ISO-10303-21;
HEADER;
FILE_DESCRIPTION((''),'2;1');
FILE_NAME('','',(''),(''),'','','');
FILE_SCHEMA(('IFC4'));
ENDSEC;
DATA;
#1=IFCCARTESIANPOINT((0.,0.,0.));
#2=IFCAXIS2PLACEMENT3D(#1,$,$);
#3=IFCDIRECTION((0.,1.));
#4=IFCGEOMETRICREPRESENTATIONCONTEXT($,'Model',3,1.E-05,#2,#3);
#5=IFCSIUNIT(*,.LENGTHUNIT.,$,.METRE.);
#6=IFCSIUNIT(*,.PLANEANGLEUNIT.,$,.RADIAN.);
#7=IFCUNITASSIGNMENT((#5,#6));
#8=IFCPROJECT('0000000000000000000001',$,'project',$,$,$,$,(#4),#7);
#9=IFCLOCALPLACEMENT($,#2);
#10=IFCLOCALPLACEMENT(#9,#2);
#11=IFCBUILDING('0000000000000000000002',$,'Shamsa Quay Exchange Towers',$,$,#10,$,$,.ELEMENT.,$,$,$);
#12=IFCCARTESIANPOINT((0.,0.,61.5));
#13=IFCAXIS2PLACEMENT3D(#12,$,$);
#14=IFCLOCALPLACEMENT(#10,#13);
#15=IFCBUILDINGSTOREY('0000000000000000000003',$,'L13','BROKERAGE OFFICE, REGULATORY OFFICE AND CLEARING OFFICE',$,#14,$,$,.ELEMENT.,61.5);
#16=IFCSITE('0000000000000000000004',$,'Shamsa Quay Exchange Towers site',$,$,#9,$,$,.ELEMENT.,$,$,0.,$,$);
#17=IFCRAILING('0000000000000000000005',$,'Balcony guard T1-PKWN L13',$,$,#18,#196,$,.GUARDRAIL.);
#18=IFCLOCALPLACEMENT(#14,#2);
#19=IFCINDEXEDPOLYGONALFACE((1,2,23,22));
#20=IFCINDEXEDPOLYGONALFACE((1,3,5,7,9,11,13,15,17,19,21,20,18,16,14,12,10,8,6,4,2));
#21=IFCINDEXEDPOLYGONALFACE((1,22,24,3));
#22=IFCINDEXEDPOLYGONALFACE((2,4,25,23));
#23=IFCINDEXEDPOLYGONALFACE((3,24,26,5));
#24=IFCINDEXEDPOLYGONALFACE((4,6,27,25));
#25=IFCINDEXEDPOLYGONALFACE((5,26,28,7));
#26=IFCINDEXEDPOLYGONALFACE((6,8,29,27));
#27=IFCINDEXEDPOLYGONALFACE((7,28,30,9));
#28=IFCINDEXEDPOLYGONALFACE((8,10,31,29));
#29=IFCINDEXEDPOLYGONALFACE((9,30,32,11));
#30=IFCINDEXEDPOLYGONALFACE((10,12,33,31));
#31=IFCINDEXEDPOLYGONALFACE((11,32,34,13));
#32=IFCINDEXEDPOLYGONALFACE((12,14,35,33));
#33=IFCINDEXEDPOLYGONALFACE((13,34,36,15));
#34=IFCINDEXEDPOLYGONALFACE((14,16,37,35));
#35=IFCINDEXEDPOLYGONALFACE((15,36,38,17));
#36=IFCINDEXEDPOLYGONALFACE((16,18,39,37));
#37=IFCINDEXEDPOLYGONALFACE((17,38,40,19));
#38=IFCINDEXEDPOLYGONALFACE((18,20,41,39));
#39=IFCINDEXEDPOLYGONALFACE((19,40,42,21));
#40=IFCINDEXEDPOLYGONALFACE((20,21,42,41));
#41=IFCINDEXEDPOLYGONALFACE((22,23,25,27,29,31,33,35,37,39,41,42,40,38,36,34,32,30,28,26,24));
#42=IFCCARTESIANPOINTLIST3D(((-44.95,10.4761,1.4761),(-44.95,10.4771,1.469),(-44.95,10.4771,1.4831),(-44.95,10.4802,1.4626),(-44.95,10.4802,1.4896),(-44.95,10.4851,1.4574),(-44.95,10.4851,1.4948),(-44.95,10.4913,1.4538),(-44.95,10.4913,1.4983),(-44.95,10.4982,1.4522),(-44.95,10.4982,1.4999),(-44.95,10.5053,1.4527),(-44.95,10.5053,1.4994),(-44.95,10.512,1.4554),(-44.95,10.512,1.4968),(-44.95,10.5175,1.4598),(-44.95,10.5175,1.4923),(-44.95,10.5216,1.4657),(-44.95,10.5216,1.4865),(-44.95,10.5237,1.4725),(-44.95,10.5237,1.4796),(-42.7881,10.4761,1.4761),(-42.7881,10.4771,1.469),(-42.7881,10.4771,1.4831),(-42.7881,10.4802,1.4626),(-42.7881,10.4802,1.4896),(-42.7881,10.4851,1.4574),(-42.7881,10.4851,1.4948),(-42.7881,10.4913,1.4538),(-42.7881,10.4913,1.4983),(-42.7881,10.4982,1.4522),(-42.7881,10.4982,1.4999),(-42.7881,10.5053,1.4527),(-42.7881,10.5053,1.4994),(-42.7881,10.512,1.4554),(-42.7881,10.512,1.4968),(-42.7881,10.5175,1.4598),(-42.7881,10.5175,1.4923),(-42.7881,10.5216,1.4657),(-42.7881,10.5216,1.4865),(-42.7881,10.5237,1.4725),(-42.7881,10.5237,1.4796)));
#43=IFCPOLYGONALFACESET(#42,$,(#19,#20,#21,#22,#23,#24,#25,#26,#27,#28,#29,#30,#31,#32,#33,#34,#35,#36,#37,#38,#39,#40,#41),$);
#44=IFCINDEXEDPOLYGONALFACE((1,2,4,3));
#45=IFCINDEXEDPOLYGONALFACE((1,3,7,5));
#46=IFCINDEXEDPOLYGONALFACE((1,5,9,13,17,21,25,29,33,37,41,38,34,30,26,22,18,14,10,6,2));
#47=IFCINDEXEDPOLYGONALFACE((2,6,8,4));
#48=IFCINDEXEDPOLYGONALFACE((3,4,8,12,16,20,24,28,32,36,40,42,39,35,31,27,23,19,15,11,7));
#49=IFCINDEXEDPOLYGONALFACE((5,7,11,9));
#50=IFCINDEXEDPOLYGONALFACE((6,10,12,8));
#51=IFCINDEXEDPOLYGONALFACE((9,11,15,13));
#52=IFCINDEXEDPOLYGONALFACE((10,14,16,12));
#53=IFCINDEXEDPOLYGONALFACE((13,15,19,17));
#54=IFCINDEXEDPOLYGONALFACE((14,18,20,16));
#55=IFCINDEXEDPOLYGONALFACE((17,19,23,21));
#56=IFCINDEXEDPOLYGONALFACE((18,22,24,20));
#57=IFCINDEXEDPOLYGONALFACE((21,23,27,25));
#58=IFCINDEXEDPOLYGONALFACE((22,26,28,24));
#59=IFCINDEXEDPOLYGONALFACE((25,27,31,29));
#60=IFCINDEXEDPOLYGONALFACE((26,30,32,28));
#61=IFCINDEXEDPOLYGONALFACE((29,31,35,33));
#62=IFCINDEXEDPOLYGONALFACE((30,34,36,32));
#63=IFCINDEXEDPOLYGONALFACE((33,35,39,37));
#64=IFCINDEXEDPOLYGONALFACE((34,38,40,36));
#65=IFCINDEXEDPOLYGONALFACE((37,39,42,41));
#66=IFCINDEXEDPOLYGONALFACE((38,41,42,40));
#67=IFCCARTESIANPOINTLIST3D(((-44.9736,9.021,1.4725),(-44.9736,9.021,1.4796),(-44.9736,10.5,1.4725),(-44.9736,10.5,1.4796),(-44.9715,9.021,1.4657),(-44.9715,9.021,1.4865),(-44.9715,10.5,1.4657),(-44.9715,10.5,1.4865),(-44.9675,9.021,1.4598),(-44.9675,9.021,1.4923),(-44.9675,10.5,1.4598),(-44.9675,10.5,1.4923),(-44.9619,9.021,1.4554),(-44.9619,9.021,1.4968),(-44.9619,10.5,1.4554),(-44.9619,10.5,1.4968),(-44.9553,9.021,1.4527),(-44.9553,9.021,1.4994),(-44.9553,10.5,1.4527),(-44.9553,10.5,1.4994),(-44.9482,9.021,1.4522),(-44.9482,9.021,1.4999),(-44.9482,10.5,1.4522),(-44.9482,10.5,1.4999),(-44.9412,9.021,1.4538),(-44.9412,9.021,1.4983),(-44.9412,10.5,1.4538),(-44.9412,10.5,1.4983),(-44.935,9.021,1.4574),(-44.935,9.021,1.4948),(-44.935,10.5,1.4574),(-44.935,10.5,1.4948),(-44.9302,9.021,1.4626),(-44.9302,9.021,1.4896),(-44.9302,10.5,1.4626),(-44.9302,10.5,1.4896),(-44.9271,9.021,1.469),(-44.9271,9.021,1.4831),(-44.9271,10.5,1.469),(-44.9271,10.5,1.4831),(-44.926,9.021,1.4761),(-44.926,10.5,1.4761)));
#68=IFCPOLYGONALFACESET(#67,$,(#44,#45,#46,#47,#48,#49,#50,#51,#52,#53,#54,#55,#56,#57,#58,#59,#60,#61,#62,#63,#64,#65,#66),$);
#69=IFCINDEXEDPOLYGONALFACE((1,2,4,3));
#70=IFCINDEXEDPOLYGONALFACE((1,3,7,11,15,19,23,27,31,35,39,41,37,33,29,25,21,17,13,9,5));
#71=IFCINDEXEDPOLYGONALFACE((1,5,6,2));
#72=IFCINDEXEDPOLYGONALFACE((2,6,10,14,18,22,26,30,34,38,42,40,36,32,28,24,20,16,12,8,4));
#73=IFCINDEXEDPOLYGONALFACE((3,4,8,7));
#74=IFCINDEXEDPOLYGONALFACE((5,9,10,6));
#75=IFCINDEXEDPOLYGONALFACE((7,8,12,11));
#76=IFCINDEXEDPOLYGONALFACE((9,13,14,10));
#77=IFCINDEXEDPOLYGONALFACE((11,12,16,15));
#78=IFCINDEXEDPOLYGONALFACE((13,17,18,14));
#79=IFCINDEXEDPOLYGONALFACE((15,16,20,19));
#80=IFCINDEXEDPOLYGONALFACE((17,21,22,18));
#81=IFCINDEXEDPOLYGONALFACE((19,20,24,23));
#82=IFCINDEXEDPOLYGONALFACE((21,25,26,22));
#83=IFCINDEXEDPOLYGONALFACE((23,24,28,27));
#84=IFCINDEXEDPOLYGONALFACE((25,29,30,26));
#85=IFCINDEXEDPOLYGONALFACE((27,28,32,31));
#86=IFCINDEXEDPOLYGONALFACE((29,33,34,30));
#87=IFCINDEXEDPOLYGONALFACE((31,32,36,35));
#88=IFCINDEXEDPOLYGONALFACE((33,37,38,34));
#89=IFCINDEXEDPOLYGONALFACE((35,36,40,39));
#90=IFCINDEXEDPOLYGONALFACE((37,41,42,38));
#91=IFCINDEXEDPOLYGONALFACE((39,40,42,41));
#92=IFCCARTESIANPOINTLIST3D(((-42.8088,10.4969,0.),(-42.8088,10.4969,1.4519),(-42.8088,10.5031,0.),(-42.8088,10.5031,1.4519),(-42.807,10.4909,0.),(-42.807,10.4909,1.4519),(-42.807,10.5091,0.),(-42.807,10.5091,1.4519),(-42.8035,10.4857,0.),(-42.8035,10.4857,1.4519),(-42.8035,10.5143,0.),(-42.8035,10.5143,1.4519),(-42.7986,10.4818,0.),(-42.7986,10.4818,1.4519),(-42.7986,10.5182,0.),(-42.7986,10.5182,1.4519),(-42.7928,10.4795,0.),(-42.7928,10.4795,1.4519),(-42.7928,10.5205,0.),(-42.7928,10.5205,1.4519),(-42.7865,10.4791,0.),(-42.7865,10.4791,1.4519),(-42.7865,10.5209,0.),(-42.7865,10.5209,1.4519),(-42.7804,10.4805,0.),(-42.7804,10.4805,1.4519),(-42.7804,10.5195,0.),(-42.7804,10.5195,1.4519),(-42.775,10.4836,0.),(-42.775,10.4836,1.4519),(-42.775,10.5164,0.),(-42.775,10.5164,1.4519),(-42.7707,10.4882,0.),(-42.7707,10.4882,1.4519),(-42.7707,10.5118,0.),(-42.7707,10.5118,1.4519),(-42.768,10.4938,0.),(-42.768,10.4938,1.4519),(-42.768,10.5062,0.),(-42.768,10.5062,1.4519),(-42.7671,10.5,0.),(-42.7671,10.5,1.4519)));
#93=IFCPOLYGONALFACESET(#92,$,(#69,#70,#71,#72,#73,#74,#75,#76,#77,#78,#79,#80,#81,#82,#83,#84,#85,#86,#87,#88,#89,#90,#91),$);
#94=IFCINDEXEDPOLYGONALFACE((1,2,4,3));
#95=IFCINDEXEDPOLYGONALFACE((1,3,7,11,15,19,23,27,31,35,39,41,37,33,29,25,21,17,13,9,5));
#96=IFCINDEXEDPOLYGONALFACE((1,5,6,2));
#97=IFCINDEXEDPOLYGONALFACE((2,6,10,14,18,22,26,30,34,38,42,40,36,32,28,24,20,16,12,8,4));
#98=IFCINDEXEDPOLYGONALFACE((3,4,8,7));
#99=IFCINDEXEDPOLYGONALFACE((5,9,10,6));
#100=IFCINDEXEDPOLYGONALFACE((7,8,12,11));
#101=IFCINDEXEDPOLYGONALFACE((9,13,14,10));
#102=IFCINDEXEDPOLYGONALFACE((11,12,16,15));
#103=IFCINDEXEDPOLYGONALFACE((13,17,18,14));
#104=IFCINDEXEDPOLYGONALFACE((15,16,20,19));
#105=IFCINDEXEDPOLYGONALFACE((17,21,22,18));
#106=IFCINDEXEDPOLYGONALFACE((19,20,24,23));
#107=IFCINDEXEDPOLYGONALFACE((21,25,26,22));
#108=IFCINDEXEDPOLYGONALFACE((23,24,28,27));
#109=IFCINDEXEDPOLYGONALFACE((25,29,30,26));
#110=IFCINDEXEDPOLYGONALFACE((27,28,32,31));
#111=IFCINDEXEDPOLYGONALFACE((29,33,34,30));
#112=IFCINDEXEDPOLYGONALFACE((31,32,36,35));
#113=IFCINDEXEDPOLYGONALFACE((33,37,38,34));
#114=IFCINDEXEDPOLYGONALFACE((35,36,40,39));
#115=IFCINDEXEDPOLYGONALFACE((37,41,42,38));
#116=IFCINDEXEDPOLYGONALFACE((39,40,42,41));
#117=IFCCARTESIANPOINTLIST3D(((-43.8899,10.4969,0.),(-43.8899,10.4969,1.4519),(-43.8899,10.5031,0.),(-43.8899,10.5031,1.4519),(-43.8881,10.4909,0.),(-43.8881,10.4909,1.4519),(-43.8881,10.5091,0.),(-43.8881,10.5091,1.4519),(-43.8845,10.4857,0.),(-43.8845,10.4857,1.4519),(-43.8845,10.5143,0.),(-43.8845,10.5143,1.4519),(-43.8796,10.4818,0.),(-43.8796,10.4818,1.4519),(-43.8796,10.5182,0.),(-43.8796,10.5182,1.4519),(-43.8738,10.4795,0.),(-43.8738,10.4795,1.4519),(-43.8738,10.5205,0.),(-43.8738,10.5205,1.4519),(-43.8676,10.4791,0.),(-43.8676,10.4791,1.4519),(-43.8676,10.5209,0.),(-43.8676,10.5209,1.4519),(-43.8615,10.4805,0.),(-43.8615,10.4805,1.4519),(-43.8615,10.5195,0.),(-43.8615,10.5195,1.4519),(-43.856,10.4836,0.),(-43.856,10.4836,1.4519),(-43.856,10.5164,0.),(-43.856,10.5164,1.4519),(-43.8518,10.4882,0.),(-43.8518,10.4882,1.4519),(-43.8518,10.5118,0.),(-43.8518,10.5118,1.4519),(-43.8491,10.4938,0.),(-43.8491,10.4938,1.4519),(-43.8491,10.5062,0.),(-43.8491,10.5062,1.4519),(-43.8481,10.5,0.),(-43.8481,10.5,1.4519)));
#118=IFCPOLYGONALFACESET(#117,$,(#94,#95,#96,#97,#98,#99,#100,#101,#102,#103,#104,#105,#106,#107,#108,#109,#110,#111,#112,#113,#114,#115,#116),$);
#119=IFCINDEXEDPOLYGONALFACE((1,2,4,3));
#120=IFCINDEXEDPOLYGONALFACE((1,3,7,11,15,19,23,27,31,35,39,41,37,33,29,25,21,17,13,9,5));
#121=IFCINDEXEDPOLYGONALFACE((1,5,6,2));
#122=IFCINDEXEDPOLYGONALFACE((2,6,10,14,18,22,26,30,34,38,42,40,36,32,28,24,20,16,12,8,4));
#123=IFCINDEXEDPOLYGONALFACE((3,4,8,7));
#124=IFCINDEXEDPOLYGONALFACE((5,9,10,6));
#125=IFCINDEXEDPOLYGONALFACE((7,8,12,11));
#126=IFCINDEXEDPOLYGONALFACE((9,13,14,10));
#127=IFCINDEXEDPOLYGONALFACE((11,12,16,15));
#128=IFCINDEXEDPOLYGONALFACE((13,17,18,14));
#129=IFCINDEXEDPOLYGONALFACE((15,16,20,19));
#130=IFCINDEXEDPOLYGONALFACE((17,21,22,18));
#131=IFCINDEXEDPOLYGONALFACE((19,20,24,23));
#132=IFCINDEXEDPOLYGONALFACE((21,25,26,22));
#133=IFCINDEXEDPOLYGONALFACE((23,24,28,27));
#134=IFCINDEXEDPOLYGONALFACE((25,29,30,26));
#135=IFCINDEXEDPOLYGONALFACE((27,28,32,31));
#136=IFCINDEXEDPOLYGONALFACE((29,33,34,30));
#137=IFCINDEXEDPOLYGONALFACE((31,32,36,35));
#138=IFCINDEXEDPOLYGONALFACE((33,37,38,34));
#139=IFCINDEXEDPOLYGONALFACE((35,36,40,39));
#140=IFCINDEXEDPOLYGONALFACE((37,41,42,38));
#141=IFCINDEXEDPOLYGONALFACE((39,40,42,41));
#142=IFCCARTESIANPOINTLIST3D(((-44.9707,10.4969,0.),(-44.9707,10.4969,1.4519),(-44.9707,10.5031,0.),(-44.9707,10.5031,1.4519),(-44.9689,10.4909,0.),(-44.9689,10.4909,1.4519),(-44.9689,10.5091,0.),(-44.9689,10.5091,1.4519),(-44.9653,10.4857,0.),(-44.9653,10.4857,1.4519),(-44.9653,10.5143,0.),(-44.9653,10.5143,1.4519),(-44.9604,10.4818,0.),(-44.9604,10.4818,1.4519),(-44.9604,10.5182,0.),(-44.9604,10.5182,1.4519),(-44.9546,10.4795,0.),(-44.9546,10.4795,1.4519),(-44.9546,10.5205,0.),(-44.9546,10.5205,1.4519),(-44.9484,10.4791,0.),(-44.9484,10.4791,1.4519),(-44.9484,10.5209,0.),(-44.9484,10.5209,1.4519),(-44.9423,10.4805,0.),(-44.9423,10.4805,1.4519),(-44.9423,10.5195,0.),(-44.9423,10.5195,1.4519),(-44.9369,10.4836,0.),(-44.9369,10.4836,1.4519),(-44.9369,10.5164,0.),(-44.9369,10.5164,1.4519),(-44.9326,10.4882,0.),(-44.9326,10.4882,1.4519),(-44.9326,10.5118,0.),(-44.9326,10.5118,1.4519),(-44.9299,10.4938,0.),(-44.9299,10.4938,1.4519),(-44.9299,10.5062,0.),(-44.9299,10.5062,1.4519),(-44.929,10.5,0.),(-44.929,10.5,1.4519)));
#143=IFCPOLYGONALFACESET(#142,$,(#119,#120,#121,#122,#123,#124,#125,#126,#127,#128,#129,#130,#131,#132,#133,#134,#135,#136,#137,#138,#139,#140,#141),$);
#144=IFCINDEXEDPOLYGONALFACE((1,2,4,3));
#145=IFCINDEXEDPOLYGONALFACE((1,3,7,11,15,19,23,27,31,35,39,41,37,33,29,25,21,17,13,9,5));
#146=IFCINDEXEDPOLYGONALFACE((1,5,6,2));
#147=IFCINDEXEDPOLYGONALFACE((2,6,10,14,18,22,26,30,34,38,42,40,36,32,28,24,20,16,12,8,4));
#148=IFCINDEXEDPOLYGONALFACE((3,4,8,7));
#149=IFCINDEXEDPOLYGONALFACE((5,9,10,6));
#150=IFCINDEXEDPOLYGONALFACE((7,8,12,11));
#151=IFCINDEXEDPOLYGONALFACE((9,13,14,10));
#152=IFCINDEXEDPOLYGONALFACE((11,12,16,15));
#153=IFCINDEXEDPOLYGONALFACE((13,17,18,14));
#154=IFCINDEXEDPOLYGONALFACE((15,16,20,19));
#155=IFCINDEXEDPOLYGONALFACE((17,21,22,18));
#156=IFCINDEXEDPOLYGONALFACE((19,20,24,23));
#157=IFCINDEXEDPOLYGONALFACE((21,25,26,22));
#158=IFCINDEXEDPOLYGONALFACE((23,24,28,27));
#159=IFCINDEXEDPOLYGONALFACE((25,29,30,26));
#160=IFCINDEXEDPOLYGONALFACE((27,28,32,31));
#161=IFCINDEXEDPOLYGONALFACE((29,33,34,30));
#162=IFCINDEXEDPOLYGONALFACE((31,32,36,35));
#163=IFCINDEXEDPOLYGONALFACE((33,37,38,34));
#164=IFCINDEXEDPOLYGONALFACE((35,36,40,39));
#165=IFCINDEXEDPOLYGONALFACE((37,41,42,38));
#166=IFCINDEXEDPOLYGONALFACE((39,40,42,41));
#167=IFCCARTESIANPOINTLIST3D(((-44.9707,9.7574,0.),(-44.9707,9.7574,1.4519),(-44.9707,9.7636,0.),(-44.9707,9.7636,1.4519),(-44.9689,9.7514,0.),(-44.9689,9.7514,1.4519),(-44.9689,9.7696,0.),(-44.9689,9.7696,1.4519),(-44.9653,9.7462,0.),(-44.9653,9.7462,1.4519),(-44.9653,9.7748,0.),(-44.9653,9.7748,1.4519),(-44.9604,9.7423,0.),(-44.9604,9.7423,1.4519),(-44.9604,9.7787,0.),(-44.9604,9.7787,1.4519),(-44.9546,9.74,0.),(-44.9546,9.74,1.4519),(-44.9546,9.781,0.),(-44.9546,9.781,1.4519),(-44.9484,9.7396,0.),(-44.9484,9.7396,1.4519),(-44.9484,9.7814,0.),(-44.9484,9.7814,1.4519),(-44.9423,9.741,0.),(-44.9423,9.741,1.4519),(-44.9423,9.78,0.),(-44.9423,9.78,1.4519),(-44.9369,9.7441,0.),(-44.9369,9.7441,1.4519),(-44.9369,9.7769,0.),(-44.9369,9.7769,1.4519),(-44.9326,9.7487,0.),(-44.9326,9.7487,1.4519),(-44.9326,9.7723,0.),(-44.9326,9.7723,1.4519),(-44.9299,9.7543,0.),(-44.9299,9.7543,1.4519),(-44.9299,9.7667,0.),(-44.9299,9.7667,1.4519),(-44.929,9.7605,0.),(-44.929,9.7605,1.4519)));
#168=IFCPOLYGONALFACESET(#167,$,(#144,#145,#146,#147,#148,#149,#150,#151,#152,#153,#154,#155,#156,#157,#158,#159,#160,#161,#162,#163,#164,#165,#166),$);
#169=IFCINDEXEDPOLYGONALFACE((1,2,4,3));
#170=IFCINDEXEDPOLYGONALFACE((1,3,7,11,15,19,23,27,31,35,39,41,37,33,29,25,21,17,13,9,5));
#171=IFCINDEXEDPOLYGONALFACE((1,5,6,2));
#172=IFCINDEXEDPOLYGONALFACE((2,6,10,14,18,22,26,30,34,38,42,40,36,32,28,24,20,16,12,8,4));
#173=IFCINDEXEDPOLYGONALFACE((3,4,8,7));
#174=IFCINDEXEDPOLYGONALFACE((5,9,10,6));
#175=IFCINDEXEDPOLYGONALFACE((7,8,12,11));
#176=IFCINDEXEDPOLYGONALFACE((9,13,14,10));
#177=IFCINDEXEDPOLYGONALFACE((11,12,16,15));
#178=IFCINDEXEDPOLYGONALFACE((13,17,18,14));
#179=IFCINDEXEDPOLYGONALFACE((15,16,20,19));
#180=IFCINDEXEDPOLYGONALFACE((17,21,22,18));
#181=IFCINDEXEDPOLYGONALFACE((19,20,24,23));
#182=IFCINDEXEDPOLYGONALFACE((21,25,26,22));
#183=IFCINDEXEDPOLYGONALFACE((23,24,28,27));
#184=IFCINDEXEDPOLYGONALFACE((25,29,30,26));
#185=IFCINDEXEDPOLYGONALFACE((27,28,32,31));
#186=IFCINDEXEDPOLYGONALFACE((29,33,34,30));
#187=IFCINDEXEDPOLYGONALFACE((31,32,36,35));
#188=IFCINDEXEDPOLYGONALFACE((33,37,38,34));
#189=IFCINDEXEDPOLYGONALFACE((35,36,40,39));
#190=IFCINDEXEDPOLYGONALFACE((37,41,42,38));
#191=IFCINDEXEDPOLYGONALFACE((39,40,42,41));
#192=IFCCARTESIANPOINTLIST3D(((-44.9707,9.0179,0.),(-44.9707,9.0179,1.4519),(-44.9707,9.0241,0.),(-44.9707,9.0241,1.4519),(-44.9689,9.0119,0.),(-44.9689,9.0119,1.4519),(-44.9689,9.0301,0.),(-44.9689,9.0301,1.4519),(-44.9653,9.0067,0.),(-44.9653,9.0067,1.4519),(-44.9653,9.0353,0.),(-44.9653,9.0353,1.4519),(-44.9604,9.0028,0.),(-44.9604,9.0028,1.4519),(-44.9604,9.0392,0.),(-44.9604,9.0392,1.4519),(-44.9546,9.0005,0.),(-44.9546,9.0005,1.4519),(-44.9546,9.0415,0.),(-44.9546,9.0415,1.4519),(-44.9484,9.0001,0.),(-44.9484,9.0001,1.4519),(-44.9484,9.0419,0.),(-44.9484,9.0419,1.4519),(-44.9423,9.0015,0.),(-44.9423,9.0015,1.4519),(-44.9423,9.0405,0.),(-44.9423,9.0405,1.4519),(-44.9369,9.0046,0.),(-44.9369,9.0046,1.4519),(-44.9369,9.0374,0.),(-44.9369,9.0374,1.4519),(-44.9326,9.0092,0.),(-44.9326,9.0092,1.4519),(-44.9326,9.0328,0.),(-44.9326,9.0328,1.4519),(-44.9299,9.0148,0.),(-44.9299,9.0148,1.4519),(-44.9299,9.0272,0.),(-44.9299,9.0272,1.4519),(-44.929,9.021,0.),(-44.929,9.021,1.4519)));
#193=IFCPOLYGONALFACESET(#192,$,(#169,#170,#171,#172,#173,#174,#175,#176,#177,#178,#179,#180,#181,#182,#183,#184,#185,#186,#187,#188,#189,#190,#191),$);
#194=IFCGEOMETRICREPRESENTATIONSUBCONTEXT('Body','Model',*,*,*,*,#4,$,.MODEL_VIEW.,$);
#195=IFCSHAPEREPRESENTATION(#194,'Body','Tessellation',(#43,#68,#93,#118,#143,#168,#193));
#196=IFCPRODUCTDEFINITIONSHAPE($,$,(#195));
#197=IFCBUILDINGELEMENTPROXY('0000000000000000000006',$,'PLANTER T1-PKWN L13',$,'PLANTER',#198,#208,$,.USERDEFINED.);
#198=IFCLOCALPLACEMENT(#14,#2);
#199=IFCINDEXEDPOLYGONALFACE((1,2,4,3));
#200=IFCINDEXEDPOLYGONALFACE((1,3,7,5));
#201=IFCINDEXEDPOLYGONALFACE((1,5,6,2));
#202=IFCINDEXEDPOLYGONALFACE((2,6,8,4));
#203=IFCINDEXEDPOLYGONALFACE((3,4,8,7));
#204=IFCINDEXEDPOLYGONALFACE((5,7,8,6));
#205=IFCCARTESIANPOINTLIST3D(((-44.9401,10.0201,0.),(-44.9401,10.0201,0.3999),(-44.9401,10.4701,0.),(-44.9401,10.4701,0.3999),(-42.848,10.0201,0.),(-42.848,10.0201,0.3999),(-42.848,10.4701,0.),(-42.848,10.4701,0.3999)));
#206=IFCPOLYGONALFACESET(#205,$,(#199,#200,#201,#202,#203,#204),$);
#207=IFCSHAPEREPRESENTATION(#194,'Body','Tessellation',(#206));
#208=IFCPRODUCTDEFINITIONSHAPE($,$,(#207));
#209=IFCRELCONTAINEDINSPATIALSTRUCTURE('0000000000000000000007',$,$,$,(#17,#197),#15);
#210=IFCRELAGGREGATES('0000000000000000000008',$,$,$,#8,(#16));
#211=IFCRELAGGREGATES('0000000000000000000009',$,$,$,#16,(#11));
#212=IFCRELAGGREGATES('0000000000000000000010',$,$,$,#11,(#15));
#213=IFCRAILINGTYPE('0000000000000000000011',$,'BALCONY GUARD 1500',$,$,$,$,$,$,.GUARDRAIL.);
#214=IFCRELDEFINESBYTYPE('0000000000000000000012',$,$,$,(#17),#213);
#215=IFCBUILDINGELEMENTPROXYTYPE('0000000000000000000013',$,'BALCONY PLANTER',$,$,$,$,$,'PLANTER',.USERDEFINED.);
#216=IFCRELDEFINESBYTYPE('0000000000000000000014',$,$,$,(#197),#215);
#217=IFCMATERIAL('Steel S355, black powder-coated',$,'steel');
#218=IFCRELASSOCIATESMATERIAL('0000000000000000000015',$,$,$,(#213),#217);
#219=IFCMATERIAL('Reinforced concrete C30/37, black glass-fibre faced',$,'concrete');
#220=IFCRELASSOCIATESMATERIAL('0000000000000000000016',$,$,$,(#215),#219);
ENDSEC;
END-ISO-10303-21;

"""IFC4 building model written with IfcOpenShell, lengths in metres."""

from ifc_helpers import new_model, si_unit, direction, frame, origin, origin_2d, place, context, subcontext, project, spatial, rectangle, circle, extrude, material, type_object, element, save


model = new_model("IFC4")

# Units and contexts
model_context = context("Model", 3, precision=1e-05, world=origin(), true_north=direction((0.0, 1.0)))
body_context = subcontext(model_context, "Body", "Model", "MODEL_VIEW")
ifc_project = project(units=[si_unit("LENGTHUNIT", "METRE"), si_unit("PLANEANGLEUNIT", "RADIAN")], contexts=[model_context])

# Site, building, storey
site_placement = place(None, origin())
site = spatial("IfcSite", under=ifc_project, at=site_placement, Name="Shamsa Quay Exchange Towers site", CompositionType="ELEMENT", RefElevation=0.0)
building_placement = place(site_placement, origin())
building = spatial("IfcBuilding", under=site, at=building_placement, Name="Shamsa Quay Exchange Towers", CompositionType="ELEMENT")
storey_placement = place(building_placement, frame((0.0, 0.0, 61.5)))
storey = spatial("IfcBuildingStorey", under=building, at=storey_placement, Name="L13", Description="BROKERAGE OFFICE, REGULATORY OFFICE AND CLEARING OFFICE", CompositionType="ELEMENT", Elevation=61.5)

# Railing
ifc_material_1 = material(Name="Steel S355, black powder-coated", Category="steel")
railing_type_1 = type_object("IfcRailingType", Name="BALCONY GUARD 1500", PredefinedType="GUARDRAIL", material=ifc_material_1)
railing_1_placement = place(storey_placement, frame((-42.7881, 10.5, 0.0)))
element("IfcRailing", 1, at=railing_1_placement, inside=storey, type_object=railing_type_1, Name="Balcony guard T1-PKWN L13", PredefinedType="GUARDRAIL", context=body_context, shape_type="SweptSolid", body=[
    extrude(circle(Radius=0.0239, at=origin_2d()), frame((0.0, 0.0, 1.4761), z_axis=(-1.0, 0.0, 0.0), x_axis=(0.0, -1.0, 0.0)), (0.0, 0.0, 1.0), 2.1619),
    extrude(circle(Radius=0.0239, at=origin_2d()), frame((-2.1619, 0.0, 1.4761), z_axis=(0.0, -1.0, 0.0), x_axis=(1.0, 0.0, 0.0)), (0.0, 0.0, 1.0), 1.479),
    extrude(circle(Radius=0.021, at=origin_2d()), origin(), (0.0, 0.0, 1.0), 1.4519),
    extrude(circle(Radius=0.021, at=origin_2d()), frame((-1.0811, 0.0, 0.0)), (0.0, 0.0, 1.0), 1.4519),
    extrude(circle(Radius=0.021, at=origin_2d()), frame((-2.1619, 0.0, 0.0)), (0.0, 0.0, 1.0), 1.4519),
    extrude(circle(Radius=0.021, at=origin_2d()), frame((-2.1619, -0.7395, 0.0)), (0.0, 0.0, 1.0), 1.4519),
    extrude(circle(Radius=0.021, at=origin_2d()), frame((-2.1619, -1.479, 0.0)), (0.0, 0.0, 1.0), 1.4519),
])

# Building element proxy
ifc_material_2 = material(Name="Reinforced concrete C30/37, black glass-fibre faced", Category="concrete")
building_element_proxy_type = type_object("IfcBuildingElementProxyType", Name="BALCONY PLANTER", ElementType="PLANTER", PredefinedType="USERDEFINED", material=ifc_material_2)
proxy_placement = place(storey_placement, frame((-43.894, 10.2451, 0.0), z_axis=(0.0, 0.0, 1.0), x_axis=(-1.0, 0.0, 0.0)))
element("IfcBuildingElementProxy", 2, at=proxy_placement, inside=storey, type_object=building_element_proxy_type, Name="PLANTER T1-PKWN L13", ObjectType="PLANTER", PredefinedType="USERDEFINED", context=body_context, shape_type="SweptSolid", body=[
    extrude(rectangle(XDim=2.092, YDim=0.45, at=origin_2d()), origin(), (0.0, 0.0, 1.0), 0.3999),
])

save(model, "model.ifc")
